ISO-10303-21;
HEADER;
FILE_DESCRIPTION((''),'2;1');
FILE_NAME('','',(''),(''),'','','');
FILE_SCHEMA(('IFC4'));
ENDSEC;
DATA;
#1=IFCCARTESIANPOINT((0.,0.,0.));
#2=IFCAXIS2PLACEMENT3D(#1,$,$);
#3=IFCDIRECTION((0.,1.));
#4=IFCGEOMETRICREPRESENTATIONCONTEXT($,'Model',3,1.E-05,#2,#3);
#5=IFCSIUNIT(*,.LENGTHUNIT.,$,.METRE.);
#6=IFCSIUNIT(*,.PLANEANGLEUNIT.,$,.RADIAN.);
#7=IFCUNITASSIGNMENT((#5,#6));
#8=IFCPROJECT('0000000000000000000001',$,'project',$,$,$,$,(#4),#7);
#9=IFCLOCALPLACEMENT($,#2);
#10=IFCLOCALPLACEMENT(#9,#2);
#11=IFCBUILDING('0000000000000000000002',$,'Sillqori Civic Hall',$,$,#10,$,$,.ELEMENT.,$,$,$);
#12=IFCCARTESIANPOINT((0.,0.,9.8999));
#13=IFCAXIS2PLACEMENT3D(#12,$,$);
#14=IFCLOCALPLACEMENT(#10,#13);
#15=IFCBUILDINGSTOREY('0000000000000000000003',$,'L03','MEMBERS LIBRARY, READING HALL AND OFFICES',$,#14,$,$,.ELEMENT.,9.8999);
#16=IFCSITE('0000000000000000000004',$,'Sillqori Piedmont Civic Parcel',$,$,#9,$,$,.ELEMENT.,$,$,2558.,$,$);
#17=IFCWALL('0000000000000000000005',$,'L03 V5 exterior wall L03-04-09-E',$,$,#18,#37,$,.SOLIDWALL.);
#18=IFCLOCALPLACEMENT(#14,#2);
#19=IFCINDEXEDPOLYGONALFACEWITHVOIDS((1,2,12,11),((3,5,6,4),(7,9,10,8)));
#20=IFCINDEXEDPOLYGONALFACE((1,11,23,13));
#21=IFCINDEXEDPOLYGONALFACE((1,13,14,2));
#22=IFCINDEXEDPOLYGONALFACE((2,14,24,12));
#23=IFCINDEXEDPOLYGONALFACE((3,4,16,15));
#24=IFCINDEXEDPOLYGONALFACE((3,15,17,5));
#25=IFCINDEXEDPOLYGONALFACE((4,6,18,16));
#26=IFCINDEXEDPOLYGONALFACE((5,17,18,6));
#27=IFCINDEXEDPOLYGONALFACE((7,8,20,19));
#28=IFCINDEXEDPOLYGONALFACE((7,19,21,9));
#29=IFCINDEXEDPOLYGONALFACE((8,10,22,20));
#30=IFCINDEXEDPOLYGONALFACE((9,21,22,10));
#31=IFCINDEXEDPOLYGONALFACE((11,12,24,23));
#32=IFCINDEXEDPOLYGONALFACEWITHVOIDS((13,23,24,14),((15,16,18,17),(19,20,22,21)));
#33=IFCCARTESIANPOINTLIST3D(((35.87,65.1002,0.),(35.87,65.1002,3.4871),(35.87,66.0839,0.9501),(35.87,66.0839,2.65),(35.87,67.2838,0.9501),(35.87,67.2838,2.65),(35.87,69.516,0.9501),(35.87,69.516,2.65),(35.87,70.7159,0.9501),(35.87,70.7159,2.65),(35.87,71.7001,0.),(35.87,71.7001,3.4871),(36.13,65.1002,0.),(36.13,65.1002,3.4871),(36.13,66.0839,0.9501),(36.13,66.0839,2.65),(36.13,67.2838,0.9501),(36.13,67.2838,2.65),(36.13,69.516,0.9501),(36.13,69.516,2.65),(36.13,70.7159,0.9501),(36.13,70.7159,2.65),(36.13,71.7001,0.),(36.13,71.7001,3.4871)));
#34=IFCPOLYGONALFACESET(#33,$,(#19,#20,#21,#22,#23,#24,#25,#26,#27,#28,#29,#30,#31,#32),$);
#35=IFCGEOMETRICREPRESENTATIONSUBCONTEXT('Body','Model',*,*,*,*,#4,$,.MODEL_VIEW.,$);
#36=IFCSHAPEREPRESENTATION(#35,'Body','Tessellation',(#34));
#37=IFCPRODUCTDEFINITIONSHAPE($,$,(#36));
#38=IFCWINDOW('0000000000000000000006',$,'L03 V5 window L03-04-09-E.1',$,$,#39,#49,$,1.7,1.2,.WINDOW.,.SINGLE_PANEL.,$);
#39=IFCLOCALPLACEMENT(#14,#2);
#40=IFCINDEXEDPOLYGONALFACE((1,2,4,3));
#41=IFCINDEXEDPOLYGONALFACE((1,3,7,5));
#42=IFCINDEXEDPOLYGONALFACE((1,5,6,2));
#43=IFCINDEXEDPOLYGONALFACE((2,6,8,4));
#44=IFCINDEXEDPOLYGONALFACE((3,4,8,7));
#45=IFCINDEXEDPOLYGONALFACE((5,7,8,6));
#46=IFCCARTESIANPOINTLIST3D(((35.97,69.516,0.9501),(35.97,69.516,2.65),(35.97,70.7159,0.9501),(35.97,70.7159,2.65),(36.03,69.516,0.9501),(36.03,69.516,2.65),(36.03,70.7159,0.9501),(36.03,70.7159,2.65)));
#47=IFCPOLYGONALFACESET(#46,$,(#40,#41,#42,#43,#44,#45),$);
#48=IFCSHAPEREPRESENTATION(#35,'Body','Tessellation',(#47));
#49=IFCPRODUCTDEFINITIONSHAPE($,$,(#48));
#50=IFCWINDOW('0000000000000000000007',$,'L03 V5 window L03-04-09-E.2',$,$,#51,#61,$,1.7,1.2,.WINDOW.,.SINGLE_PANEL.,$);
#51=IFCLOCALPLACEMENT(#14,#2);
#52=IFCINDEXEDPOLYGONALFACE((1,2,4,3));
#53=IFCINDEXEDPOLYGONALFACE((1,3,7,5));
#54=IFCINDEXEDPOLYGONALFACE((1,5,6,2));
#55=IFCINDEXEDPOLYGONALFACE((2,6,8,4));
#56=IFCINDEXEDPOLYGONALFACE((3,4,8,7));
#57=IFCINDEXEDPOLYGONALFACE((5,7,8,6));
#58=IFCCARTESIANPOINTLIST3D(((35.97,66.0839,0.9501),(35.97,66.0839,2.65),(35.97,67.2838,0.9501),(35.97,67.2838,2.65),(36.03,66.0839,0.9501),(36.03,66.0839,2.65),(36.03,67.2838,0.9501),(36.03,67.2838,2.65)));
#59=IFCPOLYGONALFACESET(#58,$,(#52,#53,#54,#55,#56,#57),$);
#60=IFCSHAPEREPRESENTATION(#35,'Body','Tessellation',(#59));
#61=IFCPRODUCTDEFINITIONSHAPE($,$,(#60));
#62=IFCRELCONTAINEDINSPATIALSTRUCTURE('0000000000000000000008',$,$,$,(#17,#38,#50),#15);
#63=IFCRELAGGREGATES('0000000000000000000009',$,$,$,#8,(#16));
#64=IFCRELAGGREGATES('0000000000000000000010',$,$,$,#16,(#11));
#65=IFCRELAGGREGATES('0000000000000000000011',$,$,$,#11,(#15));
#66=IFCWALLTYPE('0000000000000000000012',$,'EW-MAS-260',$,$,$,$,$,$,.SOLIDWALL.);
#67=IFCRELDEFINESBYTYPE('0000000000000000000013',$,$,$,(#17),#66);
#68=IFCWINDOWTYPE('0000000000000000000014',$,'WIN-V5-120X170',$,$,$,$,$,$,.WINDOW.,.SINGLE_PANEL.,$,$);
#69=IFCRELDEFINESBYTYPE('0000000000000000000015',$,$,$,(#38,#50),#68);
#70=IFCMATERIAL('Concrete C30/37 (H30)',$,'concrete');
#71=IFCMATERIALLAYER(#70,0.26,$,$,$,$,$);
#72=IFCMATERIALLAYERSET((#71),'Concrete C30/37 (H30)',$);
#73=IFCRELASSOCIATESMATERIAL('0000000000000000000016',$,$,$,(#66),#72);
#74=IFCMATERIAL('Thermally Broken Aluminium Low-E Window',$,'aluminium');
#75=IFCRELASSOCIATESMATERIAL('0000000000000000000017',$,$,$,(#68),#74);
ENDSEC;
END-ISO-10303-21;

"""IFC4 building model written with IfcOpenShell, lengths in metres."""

from ifc_helpers import new_model, si_unit, direction, frame, frame_2d, origin, place, context, subcontext, project, spatial, rectangle, extrude, material, layer, layer_set, type_object, element, fill, save


model = new_model("IFC4")

# Units and contexts
model_context = context("Model", 3, precision=1e-05, world=origin(), true_north=direction((0.0, 1.0)))
body_context = subcontext(model_context, "Body", "Model", "MODEL_VIEW")
ifc_project = project(units=[si_unit("LENGTHUNIT", "METRE"), si_unit("PLANEANGLEUNIT", "RADIAN")], contexts=[model_context])

# Site, building, storey
site_placement = place(None, origin())
site = spatial("IfcSite", under=ifc_project, at=site_placement, Name="Sillqori Piedmont Civic Parcel", CompositionType="ELEMENT", RefElevation=2558.0)
building_placement = place(site_placement, origin())
building = spatial("IfcBuilding", under=site, at=building_placement, Name="Sillqori Civic Hall", CompositionType="ELEMENT")
storey_placement = place(building_placement, frame((0.0, 0.0, 9.8999)))
storey = spatial("IfcBuildingStorey", under=building, at=storey_placement, Name="L03", Description="MEMBERS LIBRARY, READING HALL AND OFFICES", CompositionType="ELEMENT", Elevation=9.8999)

# Wall, openings, windows
ifc_material_1 = material(Name="Concrete C30/37 (H30)", Category="concrete")
ifc_layer_1 = layer(ifc_material_1, 0.26)
ifc_layer_set_1 = layer_set([ifc_layer_1], Name="Concrete C30/37 (H30)")
wall_type = type_object("IfcWallType", Name="EW-MAS-260", PredefinedType="SOLIDWALL", material=ifc_layer_set_1)
wall_placement = place(storey_placement, frame((36.0, 71.7, 0.0), z_axis=(0.0, 0.0, 1.0), x_axis=(0.0, -1.0, 0.0)))
wall = element("IfcWall", 1, at=wall_placement, inside=storey, type_object=wall_type, Name="L03 V5 exterior wall L03-04-09-E", PredefinedType="SOLIDWALL", context=body_context, shape_type="SweptSolid", body=[
    extrude(rectangle(XDim=6.5999, YDim=0.26, at=frame_2d((3.2998, 0.0))), origin(), (0.0, 0.0, 1.0), 3.4871),
])
opening_1_placement = place(wall_placement, frame((0.9839, 0.0, 0.95)))
opening_1 = element("IfcOpeningElement", 2, at=opening_1_placement, cuts=wall, PredefinedType="OPENING", context=body_context, shape_type="SweptSolid", body=[
    extrude(rectangle(XDim=1.2, YDim=1.7, at=frame_2d((0.6001, 0.8501))), frame((0.0, 0.1399, 0.0), z_axis=(0.0, -1.0, 0.0), x_axis=(1.0, 0.0, 0.0)), (0.0, 0.0, 1.0), 0.28),
])
opening_2_placement = place(wall_placement, frame((4.416, 0.0, 0.95)))
opening_2 = element("IfcOpeningElement", 3, at=opening_2_placement, cuts=wall, PredefinedType="OPENING", context=body_context, shape_type="SweptSolid", body=[
    extrude(rectangle(XDim=1.2, YDim=1.7, at=frame_2d((0.6001, 0.8501))), frame((0.0, 0.1399, 0.0), z_axis=(0.0, -1.0, 0.0), x_axis=(1.0, 0.0, 0.0)), (0.0, 0.0, 1.0), 0.28),
])
ifc_material_2 = material(Name="Thermally Broken Aluminium Low-E Window", Category="aluminium")
window_type = type_object("IfcWindowType", Name="WIN-V5-120X170", PartitioningType="SINGLE_PANEL", PredefinedType="WINDOW", material=ifc_material_2)
window_1_placement = place(opening_1_placement, origin())
window_1 = element("IfcWindow", 4, at=window_1_placement, inside=storey, type_object=window_type, Name="L03 V5 window L03-04-09-E.1", OverallHeight=1.7, OverallWidth=1.2, PartitioningType="SINGLE_PANEL", PredefinedType="WINDOW", context=body_context, shape_type="SweptSolid", body=[
    extrude(rectangle(XDim=1.2, YDim=1.7, at=frame_2d((0.6001, 0.8501))), frame((0.0, 0.03, 0.0), z_axis=(0.0, -1.0, 0.0), x_axis=(1.0, 0.0, 0.0)), (0.0, 0.0, 1.0), 0.0601),
])
fill(opening_1, window_1)
window_2_placement = place(opening_2_placement, origin())
window_2 = element("IfcWindow", 5, at=window_2_placement, inside=storey, type_object=window_type, Name="L03 V5 window L03-04-09-E.2", OverallHeight=1.7, OverallWidth=1.2, PartitioningType="SINGLE_PANEL", PredefinedType="WINDOW", context=body_context, shape_type="SweptSolid", body=[
    extrude(rectangle(XDim=1.2, YDim=1.7, at=frame_2d((0.6001, 0.8501))), frame((0.0, 0.03, 0.0), z_axis=(0.0, -1.0, 0.0), x_axis=(1.0, 0.0, 0.0)), (0.0, 0.0, 1.0), 0.0601),
])
fill(opening_2, window_2)

save(model, "model.ifc")
